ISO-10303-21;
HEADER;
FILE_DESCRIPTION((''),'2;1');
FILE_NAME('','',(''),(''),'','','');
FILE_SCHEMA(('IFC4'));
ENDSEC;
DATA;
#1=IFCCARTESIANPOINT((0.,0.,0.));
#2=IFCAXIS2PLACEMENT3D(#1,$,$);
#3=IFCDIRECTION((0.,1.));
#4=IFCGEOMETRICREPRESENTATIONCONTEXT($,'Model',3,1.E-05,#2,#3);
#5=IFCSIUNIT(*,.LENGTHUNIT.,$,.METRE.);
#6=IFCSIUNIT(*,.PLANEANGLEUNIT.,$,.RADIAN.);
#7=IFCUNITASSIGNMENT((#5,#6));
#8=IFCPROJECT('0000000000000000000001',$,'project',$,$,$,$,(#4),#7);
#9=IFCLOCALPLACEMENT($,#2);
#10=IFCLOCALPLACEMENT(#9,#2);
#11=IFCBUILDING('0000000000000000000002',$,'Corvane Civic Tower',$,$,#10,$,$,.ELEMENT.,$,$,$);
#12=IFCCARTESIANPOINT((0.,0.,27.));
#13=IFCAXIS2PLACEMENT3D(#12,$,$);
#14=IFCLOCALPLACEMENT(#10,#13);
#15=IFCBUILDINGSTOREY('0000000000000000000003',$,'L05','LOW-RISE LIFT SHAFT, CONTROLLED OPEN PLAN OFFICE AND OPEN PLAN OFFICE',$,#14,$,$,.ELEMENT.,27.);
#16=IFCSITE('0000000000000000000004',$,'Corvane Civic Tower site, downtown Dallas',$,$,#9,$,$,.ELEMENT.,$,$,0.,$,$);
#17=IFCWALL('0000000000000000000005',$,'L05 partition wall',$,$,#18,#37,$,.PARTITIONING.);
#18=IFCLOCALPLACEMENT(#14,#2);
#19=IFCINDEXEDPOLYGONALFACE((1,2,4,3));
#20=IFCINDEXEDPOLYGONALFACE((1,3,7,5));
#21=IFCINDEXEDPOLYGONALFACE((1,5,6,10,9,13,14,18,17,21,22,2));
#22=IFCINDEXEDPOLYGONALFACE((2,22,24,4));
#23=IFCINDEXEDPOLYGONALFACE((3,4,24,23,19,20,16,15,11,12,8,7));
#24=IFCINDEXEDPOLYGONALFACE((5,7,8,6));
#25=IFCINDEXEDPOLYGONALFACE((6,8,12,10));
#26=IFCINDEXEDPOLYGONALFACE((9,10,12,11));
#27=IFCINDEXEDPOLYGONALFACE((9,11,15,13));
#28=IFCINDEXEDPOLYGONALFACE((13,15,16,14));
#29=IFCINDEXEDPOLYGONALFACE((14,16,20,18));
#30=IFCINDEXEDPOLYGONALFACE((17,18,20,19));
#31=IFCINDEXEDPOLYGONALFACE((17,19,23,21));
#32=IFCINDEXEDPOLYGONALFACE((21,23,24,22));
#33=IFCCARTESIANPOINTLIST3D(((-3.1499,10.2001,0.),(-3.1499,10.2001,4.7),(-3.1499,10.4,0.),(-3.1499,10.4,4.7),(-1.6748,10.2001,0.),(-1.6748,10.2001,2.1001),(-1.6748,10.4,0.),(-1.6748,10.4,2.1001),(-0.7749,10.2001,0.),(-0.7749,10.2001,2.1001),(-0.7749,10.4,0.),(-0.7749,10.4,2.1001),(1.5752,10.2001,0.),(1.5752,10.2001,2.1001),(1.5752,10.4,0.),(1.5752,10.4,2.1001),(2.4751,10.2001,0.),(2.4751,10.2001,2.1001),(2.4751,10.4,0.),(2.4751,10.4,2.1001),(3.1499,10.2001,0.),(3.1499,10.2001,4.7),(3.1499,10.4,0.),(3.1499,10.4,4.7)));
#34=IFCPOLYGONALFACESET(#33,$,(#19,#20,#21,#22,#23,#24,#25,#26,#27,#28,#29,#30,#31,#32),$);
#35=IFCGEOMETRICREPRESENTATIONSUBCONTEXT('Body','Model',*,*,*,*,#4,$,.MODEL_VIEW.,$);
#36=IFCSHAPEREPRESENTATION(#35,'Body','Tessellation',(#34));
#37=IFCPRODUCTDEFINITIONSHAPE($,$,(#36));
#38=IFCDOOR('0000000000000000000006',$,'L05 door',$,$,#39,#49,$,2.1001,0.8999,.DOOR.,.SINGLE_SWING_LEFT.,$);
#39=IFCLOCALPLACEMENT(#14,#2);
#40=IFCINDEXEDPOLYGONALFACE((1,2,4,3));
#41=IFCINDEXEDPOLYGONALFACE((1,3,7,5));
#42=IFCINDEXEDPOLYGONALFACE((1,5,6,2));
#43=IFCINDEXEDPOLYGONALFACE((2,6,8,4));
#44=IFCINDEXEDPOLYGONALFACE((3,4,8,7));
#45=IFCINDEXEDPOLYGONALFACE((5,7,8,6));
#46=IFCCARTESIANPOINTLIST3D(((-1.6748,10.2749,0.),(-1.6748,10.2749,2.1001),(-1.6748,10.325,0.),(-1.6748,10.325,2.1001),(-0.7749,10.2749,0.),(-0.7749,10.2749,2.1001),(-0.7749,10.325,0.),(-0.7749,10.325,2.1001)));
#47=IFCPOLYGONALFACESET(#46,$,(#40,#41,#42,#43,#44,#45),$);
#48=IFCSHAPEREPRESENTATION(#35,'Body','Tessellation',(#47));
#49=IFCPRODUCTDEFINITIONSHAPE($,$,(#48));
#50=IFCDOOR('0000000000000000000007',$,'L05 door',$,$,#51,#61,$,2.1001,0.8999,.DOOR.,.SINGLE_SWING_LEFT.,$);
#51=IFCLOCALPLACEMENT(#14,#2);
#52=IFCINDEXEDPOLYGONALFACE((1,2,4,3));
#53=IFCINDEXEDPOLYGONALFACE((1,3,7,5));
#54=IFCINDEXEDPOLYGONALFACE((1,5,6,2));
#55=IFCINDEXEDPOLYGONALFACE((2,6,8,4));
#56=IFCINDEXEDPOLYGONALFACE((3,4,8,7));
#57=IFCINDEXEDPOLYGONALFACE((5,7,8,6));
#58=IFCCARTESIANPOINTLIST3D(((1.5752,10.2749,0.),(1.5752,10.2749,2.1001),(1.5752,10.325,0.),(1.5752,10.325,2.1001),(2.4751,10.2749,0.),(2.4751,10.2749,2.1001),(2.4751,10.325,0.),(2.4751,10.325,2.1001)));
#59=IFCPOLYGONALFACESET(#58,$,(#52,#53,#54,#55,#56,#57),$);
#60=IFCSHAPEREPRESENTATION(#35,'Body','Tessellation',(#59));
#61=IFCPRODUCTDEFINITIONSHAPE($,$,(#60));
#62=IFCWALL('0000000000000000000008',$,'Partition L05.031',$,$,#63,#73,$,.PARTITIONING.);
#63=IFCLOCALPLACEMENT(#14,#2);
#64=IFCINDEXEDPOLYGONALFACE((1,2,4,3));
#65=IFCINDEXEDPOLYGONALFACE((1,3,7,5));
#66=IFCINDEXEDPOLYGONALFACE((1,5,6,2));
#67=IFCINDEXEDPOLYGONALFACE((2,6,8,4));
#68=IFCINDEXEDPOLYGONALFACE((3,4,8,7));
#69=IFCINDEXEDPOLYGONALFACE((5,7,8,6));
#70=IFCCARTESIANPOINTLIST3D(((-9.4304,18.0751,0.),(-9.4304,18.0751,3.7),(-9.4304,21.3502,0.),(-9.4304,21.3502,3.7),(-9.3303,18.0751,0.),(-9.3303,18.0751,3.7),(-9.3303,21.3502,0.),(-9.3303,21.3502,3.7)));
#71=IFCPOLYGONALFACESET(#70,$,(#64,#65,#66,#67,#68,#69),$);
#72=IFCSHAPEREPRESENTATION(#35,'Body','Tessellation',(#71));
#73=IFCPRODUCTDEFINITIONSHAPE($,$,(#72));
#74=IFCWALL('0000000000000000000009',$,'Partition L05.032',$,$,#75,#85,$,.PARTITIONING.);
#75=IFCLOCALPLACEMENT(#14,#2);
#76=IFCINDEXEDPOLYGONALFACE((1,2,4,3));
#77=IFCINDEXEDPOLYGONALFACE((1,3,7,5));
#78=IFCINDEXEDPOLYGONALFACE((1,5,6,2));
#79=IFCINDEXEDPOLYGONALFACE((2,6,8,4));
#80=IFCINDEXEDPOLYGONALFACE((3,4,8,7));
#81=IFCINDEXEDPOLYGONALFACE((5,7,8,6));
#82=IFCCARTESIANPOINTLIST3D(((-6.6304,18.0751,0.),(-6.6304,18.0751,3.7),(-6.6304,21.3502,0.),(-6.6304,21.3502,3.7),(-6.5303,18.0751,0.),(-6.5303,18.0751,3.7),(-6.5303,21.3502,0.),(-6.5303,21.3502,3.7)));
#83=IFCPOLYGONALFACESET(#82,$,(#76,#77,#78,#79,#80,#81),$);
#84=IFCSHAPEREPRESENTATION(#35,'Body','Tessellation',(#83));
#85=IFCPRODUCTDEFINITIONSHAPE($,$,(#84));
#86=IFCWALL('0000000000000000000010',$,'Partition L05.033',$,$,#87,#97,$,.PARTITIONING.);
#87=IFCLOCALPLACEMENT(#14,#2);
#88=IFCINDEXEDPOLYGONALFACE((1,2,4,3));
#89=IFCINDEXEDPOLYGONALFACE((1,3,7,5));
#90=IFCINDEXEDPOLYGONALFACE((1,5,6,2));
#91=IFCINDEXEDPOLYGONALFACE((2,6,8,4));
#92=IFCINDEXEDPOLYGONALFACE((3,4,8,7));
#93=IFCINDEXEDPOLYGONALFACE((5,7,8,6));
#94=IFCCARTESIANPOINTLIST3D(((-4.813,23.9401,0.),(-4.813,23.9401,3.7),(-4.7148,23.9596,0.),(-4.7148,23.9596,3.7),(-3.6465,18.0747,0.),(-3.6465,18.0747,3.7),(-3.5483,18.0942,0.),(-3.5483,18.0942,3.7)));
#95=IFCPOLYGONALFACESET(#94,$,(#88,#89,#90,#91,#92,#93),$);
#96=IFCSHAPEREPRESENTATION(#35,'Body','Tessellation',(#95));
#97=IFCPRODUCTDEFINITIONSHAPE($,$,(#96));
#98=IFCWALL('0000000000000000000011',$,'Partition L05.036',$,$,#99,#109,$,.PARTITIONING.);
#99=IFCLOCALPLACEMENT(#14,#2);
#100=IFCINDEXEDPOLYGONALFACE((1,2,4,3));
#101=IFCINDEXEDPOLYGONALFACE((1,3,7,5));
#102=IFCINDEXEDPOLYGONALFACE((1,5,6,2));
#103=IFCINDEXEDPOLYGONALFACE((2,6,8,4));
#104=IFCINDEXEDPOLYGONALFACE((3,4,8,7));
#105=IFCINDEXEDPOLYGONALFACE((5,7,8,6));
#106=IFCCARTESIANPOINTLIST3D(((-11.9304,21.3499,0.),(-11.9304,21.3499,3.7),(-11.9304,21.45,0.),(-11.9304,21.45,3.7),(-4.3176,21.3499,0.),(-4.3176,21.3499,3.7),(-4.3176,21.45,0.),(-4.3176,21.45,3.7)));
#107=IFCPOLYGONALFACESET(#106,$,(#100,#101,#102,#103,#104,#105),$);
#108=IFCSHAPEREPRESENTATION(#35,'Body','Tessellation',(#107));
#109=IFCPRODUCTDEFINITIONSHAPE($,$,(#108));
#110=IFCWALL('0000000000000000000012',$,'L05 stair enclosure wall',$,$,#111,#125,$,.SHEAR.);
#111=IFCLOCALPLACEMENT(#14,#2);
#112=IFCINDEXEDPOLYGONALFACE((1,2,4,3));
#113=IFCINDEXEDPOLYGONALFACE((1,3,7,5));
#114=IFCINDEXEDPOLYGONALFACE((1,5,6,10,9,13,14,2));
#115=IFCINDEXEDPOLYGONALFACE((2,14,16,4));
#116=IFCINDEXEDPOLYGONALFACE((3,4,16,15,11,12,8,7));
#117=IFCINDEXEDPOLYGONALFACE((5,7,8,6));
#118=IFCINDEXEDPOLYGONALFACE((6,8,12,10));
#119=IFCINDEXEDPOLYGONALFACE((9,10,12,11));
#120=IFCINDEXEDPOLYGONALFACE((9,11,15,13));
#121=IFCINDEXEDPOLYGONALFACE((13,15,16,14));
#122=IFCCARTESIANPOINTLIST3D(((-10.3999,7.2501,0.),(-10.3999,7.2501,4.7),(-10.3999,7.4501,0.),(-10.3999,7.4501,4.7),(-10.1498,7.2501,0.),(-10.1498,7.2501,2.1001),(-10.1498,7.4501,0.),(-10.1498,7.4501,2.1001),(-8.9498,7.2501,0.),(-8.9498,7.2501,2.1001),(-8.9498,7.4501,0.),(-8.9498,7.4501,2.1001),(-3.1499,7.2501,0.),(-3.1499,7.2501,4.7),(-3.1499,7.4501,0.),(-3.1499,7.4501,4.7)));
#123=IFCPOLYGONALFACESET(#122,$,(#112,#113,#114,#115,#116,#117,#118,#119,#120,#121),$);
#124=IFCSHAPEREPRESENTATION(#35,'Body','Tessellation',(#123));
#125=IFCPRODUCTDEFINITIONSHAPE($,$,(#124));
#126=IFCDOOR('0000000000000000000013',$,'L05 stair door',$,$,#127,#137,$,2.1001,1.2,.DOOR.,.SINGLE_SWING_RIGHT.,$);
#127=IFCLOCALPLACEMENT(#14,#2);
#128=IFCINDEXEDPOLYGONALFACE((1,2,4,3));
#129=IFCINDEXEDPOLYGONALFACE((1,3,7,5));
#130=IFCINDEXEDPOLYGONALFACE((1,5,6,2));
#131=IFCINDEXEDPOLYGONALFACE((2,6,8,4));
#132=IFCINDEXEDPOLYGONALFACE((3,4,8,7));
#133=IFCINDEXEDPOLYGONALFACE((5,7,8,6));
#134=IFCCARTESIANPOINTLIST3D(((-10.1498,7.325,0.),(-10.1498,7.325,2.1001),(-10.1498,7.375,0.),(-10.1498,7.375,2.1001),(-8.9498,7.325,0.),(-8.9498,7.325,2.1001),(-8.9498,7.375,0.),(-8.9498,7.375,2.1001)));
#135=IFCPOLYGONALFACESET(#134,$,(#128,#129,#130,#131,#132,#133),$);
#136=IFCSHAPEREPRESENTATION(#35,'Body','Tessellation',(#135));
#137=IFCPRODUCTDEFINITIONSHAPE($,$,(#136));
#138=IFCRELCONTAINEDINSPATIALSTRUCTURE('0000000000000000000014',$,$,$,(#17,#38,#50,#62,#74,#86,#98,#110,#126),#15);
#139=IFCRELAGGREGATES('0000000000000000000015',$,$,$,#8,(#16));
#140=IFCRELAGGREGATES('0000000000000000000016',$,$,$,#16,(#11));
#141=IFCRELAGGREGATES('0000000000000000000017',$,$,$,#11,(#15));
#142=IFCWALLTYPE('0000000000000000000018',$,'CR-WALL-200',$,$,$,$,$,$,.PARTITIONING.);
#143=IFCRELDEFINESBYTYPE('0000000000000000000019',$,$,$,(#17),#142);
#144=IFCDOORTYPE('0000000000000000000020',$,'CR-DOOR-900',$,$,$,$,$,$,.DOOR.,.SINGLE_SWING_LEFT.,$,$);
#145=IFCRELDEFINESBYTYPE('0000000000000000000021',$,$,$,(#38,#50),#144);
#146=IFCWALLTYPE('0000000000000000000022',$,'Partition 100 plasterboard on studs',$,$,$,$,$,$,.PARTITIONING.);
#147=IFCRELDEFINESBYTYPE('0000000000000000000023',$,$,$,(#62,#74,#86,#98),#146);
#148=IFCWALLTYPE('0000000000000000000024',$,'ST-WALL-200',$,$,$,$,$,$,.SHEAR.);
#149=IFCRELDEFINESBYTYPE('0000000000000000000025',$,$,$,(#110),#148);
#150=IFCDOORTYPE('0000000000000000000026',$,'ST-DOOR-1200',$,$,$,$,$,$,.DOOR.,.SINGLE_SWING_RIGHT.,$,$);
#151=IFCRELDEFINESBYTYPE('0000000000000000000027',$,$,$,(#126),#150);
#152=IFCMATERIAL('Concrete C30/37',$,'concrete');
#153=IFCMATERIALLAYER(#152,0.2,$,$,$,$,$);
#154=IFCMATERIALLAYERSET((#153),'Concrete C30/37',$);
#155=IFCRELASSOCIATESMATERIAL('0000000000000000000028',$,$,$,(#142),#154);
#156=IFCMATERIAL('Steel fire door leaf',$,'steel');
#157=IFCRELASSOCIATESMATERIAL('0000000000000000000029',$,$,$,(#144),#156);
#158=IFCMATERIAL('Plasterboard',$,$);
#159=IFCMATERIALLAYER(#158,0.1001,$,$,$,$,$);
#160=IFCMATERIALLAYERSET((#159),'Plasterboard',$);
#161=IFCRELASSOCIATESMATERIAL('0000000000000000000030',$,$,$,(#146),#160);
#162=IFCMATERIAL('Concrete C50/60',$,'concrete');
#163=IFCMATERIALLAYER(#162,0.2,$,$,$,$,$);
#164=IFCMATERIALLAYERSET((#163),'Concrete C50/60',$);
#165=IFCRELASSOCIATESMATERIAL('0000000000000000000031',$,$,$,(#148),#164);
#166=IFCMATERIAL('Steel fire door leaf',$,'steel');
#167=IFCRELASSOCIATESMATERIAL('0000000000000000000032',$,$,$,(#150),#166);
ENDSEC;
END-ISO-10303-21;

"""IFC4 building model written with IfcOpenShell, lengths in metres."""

from ifc_helpers import new_model, si_unit, direction, frame, frame_2d, origin, place, context, subcontext, project, spatial, rectangle, extrude, material, layer, layer_set, type_object, element, fill, save


model = new_model("IFC4")

# Units and contexts
model_context = context("Model", 3, precision=1e-05, world=origin(), true_north=direction((0.0, 1.0)))
body_context = subcontext(model_context, "Body", "Model", "MODEL_VIEW")
ifc_project = project(units=[si_unit("LENGTHUNIT", "METRE"), si_unit("PLANEANGLEUNIT", "RADIAN")], contexts=[model_context])

# Site, building, storey
site_placement = place(None, origin())
site = spatial("IfcSite", under=ifc_project, at=site_placement, Name="Corvane Civic Tower site, downtown Dallas", CompositionType="ELEMENT", RefElevation=0.0)
building_placement = place(site_placement, origin())
building = spatial("IfcBuilding", under=site, at=building_placement, Name="Corvane Civic Tower", CompositionType="ELEMENT")
storey_placement = place(building_placement, frame((0.0, 0.0, 27.0)))
storey = spatial("IfcBuildingStorey", under=building, at=storey_placement, Name="L05", Description="LOW-RISE LIFT SHAFT, CONTROLLED OPEN PLAN OFFICE AND OPEN PLAN OFFICE", CompositionType="ELEMENT", Elevation=27.0)

# Shared definitions
ifc_material_1 = material(Name="Concrete C30/37", Category="concrete")
ifc_layer_1 = layer(ifc_material_1, 0.2)
ifc_layer_set_1 = layer_set([ifc_layer_1], Name="Concrete C30/37")
wall_type_1 = type_object("IfcWallType", Name="CR-WALL-200", PredefinedType="PARTITIONING", material=ifc_layer_set_1)
ifc_material_2 = material(Name="Steel fire door leaf", Category="steel")
door_type_1 = type_object("IfcDoorType", Name="CR-DOOR-900", OperationType="SINGLE_SWING_LEFT", PredefinedType="DOOR", material=ifc_material_2)

# Wall, openings, doors
wall_1_placement = place(storey_placement, frame((-3.1499, 10.3, 0.0), z_axis=(0.0, 0.0, 1.0), x_axis=(1.0, 0.0, 0.0)))
wall_1 = element("IfcWall", 1, at=wall_1_placement, inside=storey, type_object=wall_type_1, Name="L05 partition wall", PredefinedType="PARTITIONING", context=body_context, shape_type="SweptSolid", body=[
    extrude(rectangle(XDim=6.2998, YDim=0.2, at=frame_2d((3.1499, 0.0))), origin(), (0.0, 0.0, 1.0), 4.7),
])
opening_1_placement = place(wall_1_placement, frame((1.4751, 0.0, 0.0)))
opening_1 = element("IfcOpeningElement", 2, at=opening_1_placement, cuts=wall_1, PredefinedType="OPENING", context=body_context, shape_type="SweptSolid", body=[
    extrude(rectangle(XDim=0.8999, YDim=2.1001, at=frame_2d((0.45, 1.05))), frame((0.0, 0.1099, 0.0), z_axis=(0.0, -1.0, 0.0), x_axis=(1.0, 0.0, 0.0)), (0.0, 0.0, 1.0), 0.22),
])
opening_2_placement = place(wall_1_placement, frame((4.7251, 0.0, 0.0)))
opening_2 = element("IfcOpeningElement", 3, at=opening_2_placement, cuts=wall_1, PredefinedType="OPENING", context=body_context, shape_type="SweptSolid", body=[
    extrude(rectangle(XDim=0.8999, YDim=2.1001, at=frame_2d((0.45, 1.05))), frame((0.0, 0.1099, 0.0), z_axis=(0.0, -1.0, 0.0), x_axis=(1.0, 0.0, 0.0)), (0.0, 0.0, 1.0), 0.22),
])
door_1_placement = place(opening_1_placement, origin())
door_1 = element("IfcDoor", 4, at=door_1_placement, inside=storey, type_object=door_type_1, Name="L05 door", OperationType="SINGLE_SWING_LEFT", OverallHeight=2.1001, OverallWidth=0.8999, PredefinedType="DOOR", context=body_context, shape_type="SweptSolid", body=[
    extrude(rectangle(XDim=0.8999, YDim=2.1001, at=frame_2d((0.45, 1.05))), frame((0.0, 0.0249, 0.0), z_axis=(0.0, -1.0, 0.0), x_axis=(1.0, 0.0, 0.0)), (0.0, 0.0, 1.0), 0.05),
])
fill(opening_1, door_1)
door_2_placement = place(opening_2_placement, origin())
door_2 = element("IfcDoor", 5, at=door_2_placement, inside=storey, type_object=door_type_1, Name="L05 door", OperationType="SINGLE_SWING_LEFT", OverallHeight=2.1001, OverallWidth=0.8999, PredefinedType="DOOR", context=body_context, shape_type="SweptSolid", body=[
    extrude(rectangle(XDim=0.8999, YDim=2.1001, at=frame_2d((0.45, 1.05))), frame((0.0, 0.0249, 0.0), z_axis=(0.0, -1.0, 0.0), x_axis=(1.0, 0.0, 0.0)), (0.0, 0.0, 1.0), 0.05),
])
fill(opening_2, door_2)

# Walls
ifc_material_3 = material(Name="Plasterboard")
ifc_layer_2 = layer(ifc_material_3, 0.1001)
ifc_layer_set_2 = layer_set([ifc_layer_2], Name="Plasterboard")
wall_type_2 = type_object("IfcWallType", Name="Partition 100 plasterboard on studs", PredefinedType="PARTITIONING", material=ifc_layer_set_2)
for number, where, z_axis, x_axis, name in (
    (6, (-9.3804, 18.075, 0.0), (0.0, 0.0, 1.0), (0.0, 1.0, 0.0), "Partition L05.031"),
    (7, (-6.5803, 18.075, 0.0), (0.0, 0.0, 1.0), (0.0, 1.0, 0.0), "Partition L05.032"),
):
    element("IfcWall", number, at=place(storey_placement, frame(where, z_axis=z_axis, x_axis=x_axis)), inside=storey, type_object=wall_type_2, Name=name, PredefinedType="PARTITIONING", context=body_context, shape_type="SweptSolid", body=[
        extrude(rectangle(XDim=3.2751, YDim=0.1001, at=frame_2d((1.6377, 0.0))), origin(), (0.0, 0.0, 1.0), 3.7),
    ])
wall_2_placement = place(storey_placement, frame((-4.7639, 23.95, 0.0), z_axis=(0.0, 0.0, 1.0), x_axis=(0.195064, -0.980791, 0.0)))
element("IfcWall", 8, at=wall_2_placement, inside=storey, type_object=wall_type_2, Name="Partition L05.033", PredefinedType="PARTITIONING", context=body_context, shape_type="SweptSolid", body=[
    extrude(rectangle(XDim=5.9802, YDim=0.1001, at=frame_2d((2.9902, 0.0))), origin(), (0.0, 0.0, 1.0), 3.7),
])
wall_3_placement = place(storey_placement, frame((-11.9304, 21.3999, 0.0), z_axis=(0.0, 0.0, 1.0), x_axis=(1.0, 0.0, 0.0)))
element("IfcWall", 9, at=wall_3_placement, inside=storey, type_object=wall_type_2, Name="Partition L05.036", PredefinedType="PARTITIONING", context=body_context, shape_type="SweptSolid", body=[
    extrude(rectangle(XDim=7.6128, YDim=0.1001, at=frame_2d((3.8064, 0.0))), origin(), (0.0, 0.0, 1.0), 3.7),
])

# Wall, opening, door
ifc_material_4 = material(Name="Concrete C50/60", Category="concrete")
ifc_layer_3 = layer(ifc_material_4, 0.2)
ifc_layer_set_3 = layer_set([ifc_layer_3], Name="Concrete C50/60")
wall_type_3 = type_object("IfcWallType", Name="ST-WALL-200", PredefinedType="SHEAR", material=ifc_layer_set_3)
wall_4_placement = place(storey_placement, frame((-10.3999, 7.3501, 0.0), z_axis=(0.0, 0.0, 1.0), x_axis=(1.0, 0.0, 0.0)))
wall_4 = element("IfcWall", 10, at=wall_4_placement, inside=storey, type_object=wall_type_3, Name="L05 stair enclosure wall", PredefinedType="SHEAR", context=body_context, shape_type="SweptSolid", body=[
    extrude(rectangle(XDim=7.25, YDim=0.2, at=frame_2d((3.625, 0.0))), origin(), (0.0, 0.0, 1.0), 4.7),
])
opening_3_placement = place(wall_4_placement, frame((0.25, 0.0, 0.0)))
opening_3 = element("IfcOpeningElement", 11, at=opening_3_placement, cuts=wall_4, PredefinedType="OPENING", context=body_context, shape_type="SweptSolid", body=[
    extrude(rectangle(XDim=1.2, YDim=2.1001, at=frame_2d((0.6001, 1.05))), frame((0.0, 0.1099, 0.0), z_axis=(0.0, -1.0, 0.0), x_axis=(1.0, 0.0, 0.0)), (0.0, 0.0, 1.0), 0.22),
])
ifc_material_5 = material(Name="Steel fire door leaf", Category="steel")
door_type_2 = type_object("IfcDoorType", Name="ST-DOOR-1200", OperationType="SINGLE_SWING_RIGHT", PredefinedType="DOOR", material=ifc_material_5)
door_3_placement = place(opening_3_placement, origin())
door_3 = element("IfcDoor", 12, at=door_3_placement, inside=storey, type_object=door_type_2, Name="L05 stair door", OperationType="SINGLE_SWING_RIGHT", OverallHeight=2.1001, OverallWidth=1.2, PredefinedType="DOOR", context=body_context, shape_type="SweptSolid", body=[
    extrude(rectangle(XDim=1.2, YDim=2.1001, at=frame_2d((0.6001, 1.05))), frame((0.0, 0.0249, 0.0), z_axis=(0.0, -1.0, 0.0), x_axis=(1.0, 0.0, 0.0)), (0.0, 0.0, 1.0), 0.05),
])
fill(opening_3, door_3)

save(model, "model.ifc")
